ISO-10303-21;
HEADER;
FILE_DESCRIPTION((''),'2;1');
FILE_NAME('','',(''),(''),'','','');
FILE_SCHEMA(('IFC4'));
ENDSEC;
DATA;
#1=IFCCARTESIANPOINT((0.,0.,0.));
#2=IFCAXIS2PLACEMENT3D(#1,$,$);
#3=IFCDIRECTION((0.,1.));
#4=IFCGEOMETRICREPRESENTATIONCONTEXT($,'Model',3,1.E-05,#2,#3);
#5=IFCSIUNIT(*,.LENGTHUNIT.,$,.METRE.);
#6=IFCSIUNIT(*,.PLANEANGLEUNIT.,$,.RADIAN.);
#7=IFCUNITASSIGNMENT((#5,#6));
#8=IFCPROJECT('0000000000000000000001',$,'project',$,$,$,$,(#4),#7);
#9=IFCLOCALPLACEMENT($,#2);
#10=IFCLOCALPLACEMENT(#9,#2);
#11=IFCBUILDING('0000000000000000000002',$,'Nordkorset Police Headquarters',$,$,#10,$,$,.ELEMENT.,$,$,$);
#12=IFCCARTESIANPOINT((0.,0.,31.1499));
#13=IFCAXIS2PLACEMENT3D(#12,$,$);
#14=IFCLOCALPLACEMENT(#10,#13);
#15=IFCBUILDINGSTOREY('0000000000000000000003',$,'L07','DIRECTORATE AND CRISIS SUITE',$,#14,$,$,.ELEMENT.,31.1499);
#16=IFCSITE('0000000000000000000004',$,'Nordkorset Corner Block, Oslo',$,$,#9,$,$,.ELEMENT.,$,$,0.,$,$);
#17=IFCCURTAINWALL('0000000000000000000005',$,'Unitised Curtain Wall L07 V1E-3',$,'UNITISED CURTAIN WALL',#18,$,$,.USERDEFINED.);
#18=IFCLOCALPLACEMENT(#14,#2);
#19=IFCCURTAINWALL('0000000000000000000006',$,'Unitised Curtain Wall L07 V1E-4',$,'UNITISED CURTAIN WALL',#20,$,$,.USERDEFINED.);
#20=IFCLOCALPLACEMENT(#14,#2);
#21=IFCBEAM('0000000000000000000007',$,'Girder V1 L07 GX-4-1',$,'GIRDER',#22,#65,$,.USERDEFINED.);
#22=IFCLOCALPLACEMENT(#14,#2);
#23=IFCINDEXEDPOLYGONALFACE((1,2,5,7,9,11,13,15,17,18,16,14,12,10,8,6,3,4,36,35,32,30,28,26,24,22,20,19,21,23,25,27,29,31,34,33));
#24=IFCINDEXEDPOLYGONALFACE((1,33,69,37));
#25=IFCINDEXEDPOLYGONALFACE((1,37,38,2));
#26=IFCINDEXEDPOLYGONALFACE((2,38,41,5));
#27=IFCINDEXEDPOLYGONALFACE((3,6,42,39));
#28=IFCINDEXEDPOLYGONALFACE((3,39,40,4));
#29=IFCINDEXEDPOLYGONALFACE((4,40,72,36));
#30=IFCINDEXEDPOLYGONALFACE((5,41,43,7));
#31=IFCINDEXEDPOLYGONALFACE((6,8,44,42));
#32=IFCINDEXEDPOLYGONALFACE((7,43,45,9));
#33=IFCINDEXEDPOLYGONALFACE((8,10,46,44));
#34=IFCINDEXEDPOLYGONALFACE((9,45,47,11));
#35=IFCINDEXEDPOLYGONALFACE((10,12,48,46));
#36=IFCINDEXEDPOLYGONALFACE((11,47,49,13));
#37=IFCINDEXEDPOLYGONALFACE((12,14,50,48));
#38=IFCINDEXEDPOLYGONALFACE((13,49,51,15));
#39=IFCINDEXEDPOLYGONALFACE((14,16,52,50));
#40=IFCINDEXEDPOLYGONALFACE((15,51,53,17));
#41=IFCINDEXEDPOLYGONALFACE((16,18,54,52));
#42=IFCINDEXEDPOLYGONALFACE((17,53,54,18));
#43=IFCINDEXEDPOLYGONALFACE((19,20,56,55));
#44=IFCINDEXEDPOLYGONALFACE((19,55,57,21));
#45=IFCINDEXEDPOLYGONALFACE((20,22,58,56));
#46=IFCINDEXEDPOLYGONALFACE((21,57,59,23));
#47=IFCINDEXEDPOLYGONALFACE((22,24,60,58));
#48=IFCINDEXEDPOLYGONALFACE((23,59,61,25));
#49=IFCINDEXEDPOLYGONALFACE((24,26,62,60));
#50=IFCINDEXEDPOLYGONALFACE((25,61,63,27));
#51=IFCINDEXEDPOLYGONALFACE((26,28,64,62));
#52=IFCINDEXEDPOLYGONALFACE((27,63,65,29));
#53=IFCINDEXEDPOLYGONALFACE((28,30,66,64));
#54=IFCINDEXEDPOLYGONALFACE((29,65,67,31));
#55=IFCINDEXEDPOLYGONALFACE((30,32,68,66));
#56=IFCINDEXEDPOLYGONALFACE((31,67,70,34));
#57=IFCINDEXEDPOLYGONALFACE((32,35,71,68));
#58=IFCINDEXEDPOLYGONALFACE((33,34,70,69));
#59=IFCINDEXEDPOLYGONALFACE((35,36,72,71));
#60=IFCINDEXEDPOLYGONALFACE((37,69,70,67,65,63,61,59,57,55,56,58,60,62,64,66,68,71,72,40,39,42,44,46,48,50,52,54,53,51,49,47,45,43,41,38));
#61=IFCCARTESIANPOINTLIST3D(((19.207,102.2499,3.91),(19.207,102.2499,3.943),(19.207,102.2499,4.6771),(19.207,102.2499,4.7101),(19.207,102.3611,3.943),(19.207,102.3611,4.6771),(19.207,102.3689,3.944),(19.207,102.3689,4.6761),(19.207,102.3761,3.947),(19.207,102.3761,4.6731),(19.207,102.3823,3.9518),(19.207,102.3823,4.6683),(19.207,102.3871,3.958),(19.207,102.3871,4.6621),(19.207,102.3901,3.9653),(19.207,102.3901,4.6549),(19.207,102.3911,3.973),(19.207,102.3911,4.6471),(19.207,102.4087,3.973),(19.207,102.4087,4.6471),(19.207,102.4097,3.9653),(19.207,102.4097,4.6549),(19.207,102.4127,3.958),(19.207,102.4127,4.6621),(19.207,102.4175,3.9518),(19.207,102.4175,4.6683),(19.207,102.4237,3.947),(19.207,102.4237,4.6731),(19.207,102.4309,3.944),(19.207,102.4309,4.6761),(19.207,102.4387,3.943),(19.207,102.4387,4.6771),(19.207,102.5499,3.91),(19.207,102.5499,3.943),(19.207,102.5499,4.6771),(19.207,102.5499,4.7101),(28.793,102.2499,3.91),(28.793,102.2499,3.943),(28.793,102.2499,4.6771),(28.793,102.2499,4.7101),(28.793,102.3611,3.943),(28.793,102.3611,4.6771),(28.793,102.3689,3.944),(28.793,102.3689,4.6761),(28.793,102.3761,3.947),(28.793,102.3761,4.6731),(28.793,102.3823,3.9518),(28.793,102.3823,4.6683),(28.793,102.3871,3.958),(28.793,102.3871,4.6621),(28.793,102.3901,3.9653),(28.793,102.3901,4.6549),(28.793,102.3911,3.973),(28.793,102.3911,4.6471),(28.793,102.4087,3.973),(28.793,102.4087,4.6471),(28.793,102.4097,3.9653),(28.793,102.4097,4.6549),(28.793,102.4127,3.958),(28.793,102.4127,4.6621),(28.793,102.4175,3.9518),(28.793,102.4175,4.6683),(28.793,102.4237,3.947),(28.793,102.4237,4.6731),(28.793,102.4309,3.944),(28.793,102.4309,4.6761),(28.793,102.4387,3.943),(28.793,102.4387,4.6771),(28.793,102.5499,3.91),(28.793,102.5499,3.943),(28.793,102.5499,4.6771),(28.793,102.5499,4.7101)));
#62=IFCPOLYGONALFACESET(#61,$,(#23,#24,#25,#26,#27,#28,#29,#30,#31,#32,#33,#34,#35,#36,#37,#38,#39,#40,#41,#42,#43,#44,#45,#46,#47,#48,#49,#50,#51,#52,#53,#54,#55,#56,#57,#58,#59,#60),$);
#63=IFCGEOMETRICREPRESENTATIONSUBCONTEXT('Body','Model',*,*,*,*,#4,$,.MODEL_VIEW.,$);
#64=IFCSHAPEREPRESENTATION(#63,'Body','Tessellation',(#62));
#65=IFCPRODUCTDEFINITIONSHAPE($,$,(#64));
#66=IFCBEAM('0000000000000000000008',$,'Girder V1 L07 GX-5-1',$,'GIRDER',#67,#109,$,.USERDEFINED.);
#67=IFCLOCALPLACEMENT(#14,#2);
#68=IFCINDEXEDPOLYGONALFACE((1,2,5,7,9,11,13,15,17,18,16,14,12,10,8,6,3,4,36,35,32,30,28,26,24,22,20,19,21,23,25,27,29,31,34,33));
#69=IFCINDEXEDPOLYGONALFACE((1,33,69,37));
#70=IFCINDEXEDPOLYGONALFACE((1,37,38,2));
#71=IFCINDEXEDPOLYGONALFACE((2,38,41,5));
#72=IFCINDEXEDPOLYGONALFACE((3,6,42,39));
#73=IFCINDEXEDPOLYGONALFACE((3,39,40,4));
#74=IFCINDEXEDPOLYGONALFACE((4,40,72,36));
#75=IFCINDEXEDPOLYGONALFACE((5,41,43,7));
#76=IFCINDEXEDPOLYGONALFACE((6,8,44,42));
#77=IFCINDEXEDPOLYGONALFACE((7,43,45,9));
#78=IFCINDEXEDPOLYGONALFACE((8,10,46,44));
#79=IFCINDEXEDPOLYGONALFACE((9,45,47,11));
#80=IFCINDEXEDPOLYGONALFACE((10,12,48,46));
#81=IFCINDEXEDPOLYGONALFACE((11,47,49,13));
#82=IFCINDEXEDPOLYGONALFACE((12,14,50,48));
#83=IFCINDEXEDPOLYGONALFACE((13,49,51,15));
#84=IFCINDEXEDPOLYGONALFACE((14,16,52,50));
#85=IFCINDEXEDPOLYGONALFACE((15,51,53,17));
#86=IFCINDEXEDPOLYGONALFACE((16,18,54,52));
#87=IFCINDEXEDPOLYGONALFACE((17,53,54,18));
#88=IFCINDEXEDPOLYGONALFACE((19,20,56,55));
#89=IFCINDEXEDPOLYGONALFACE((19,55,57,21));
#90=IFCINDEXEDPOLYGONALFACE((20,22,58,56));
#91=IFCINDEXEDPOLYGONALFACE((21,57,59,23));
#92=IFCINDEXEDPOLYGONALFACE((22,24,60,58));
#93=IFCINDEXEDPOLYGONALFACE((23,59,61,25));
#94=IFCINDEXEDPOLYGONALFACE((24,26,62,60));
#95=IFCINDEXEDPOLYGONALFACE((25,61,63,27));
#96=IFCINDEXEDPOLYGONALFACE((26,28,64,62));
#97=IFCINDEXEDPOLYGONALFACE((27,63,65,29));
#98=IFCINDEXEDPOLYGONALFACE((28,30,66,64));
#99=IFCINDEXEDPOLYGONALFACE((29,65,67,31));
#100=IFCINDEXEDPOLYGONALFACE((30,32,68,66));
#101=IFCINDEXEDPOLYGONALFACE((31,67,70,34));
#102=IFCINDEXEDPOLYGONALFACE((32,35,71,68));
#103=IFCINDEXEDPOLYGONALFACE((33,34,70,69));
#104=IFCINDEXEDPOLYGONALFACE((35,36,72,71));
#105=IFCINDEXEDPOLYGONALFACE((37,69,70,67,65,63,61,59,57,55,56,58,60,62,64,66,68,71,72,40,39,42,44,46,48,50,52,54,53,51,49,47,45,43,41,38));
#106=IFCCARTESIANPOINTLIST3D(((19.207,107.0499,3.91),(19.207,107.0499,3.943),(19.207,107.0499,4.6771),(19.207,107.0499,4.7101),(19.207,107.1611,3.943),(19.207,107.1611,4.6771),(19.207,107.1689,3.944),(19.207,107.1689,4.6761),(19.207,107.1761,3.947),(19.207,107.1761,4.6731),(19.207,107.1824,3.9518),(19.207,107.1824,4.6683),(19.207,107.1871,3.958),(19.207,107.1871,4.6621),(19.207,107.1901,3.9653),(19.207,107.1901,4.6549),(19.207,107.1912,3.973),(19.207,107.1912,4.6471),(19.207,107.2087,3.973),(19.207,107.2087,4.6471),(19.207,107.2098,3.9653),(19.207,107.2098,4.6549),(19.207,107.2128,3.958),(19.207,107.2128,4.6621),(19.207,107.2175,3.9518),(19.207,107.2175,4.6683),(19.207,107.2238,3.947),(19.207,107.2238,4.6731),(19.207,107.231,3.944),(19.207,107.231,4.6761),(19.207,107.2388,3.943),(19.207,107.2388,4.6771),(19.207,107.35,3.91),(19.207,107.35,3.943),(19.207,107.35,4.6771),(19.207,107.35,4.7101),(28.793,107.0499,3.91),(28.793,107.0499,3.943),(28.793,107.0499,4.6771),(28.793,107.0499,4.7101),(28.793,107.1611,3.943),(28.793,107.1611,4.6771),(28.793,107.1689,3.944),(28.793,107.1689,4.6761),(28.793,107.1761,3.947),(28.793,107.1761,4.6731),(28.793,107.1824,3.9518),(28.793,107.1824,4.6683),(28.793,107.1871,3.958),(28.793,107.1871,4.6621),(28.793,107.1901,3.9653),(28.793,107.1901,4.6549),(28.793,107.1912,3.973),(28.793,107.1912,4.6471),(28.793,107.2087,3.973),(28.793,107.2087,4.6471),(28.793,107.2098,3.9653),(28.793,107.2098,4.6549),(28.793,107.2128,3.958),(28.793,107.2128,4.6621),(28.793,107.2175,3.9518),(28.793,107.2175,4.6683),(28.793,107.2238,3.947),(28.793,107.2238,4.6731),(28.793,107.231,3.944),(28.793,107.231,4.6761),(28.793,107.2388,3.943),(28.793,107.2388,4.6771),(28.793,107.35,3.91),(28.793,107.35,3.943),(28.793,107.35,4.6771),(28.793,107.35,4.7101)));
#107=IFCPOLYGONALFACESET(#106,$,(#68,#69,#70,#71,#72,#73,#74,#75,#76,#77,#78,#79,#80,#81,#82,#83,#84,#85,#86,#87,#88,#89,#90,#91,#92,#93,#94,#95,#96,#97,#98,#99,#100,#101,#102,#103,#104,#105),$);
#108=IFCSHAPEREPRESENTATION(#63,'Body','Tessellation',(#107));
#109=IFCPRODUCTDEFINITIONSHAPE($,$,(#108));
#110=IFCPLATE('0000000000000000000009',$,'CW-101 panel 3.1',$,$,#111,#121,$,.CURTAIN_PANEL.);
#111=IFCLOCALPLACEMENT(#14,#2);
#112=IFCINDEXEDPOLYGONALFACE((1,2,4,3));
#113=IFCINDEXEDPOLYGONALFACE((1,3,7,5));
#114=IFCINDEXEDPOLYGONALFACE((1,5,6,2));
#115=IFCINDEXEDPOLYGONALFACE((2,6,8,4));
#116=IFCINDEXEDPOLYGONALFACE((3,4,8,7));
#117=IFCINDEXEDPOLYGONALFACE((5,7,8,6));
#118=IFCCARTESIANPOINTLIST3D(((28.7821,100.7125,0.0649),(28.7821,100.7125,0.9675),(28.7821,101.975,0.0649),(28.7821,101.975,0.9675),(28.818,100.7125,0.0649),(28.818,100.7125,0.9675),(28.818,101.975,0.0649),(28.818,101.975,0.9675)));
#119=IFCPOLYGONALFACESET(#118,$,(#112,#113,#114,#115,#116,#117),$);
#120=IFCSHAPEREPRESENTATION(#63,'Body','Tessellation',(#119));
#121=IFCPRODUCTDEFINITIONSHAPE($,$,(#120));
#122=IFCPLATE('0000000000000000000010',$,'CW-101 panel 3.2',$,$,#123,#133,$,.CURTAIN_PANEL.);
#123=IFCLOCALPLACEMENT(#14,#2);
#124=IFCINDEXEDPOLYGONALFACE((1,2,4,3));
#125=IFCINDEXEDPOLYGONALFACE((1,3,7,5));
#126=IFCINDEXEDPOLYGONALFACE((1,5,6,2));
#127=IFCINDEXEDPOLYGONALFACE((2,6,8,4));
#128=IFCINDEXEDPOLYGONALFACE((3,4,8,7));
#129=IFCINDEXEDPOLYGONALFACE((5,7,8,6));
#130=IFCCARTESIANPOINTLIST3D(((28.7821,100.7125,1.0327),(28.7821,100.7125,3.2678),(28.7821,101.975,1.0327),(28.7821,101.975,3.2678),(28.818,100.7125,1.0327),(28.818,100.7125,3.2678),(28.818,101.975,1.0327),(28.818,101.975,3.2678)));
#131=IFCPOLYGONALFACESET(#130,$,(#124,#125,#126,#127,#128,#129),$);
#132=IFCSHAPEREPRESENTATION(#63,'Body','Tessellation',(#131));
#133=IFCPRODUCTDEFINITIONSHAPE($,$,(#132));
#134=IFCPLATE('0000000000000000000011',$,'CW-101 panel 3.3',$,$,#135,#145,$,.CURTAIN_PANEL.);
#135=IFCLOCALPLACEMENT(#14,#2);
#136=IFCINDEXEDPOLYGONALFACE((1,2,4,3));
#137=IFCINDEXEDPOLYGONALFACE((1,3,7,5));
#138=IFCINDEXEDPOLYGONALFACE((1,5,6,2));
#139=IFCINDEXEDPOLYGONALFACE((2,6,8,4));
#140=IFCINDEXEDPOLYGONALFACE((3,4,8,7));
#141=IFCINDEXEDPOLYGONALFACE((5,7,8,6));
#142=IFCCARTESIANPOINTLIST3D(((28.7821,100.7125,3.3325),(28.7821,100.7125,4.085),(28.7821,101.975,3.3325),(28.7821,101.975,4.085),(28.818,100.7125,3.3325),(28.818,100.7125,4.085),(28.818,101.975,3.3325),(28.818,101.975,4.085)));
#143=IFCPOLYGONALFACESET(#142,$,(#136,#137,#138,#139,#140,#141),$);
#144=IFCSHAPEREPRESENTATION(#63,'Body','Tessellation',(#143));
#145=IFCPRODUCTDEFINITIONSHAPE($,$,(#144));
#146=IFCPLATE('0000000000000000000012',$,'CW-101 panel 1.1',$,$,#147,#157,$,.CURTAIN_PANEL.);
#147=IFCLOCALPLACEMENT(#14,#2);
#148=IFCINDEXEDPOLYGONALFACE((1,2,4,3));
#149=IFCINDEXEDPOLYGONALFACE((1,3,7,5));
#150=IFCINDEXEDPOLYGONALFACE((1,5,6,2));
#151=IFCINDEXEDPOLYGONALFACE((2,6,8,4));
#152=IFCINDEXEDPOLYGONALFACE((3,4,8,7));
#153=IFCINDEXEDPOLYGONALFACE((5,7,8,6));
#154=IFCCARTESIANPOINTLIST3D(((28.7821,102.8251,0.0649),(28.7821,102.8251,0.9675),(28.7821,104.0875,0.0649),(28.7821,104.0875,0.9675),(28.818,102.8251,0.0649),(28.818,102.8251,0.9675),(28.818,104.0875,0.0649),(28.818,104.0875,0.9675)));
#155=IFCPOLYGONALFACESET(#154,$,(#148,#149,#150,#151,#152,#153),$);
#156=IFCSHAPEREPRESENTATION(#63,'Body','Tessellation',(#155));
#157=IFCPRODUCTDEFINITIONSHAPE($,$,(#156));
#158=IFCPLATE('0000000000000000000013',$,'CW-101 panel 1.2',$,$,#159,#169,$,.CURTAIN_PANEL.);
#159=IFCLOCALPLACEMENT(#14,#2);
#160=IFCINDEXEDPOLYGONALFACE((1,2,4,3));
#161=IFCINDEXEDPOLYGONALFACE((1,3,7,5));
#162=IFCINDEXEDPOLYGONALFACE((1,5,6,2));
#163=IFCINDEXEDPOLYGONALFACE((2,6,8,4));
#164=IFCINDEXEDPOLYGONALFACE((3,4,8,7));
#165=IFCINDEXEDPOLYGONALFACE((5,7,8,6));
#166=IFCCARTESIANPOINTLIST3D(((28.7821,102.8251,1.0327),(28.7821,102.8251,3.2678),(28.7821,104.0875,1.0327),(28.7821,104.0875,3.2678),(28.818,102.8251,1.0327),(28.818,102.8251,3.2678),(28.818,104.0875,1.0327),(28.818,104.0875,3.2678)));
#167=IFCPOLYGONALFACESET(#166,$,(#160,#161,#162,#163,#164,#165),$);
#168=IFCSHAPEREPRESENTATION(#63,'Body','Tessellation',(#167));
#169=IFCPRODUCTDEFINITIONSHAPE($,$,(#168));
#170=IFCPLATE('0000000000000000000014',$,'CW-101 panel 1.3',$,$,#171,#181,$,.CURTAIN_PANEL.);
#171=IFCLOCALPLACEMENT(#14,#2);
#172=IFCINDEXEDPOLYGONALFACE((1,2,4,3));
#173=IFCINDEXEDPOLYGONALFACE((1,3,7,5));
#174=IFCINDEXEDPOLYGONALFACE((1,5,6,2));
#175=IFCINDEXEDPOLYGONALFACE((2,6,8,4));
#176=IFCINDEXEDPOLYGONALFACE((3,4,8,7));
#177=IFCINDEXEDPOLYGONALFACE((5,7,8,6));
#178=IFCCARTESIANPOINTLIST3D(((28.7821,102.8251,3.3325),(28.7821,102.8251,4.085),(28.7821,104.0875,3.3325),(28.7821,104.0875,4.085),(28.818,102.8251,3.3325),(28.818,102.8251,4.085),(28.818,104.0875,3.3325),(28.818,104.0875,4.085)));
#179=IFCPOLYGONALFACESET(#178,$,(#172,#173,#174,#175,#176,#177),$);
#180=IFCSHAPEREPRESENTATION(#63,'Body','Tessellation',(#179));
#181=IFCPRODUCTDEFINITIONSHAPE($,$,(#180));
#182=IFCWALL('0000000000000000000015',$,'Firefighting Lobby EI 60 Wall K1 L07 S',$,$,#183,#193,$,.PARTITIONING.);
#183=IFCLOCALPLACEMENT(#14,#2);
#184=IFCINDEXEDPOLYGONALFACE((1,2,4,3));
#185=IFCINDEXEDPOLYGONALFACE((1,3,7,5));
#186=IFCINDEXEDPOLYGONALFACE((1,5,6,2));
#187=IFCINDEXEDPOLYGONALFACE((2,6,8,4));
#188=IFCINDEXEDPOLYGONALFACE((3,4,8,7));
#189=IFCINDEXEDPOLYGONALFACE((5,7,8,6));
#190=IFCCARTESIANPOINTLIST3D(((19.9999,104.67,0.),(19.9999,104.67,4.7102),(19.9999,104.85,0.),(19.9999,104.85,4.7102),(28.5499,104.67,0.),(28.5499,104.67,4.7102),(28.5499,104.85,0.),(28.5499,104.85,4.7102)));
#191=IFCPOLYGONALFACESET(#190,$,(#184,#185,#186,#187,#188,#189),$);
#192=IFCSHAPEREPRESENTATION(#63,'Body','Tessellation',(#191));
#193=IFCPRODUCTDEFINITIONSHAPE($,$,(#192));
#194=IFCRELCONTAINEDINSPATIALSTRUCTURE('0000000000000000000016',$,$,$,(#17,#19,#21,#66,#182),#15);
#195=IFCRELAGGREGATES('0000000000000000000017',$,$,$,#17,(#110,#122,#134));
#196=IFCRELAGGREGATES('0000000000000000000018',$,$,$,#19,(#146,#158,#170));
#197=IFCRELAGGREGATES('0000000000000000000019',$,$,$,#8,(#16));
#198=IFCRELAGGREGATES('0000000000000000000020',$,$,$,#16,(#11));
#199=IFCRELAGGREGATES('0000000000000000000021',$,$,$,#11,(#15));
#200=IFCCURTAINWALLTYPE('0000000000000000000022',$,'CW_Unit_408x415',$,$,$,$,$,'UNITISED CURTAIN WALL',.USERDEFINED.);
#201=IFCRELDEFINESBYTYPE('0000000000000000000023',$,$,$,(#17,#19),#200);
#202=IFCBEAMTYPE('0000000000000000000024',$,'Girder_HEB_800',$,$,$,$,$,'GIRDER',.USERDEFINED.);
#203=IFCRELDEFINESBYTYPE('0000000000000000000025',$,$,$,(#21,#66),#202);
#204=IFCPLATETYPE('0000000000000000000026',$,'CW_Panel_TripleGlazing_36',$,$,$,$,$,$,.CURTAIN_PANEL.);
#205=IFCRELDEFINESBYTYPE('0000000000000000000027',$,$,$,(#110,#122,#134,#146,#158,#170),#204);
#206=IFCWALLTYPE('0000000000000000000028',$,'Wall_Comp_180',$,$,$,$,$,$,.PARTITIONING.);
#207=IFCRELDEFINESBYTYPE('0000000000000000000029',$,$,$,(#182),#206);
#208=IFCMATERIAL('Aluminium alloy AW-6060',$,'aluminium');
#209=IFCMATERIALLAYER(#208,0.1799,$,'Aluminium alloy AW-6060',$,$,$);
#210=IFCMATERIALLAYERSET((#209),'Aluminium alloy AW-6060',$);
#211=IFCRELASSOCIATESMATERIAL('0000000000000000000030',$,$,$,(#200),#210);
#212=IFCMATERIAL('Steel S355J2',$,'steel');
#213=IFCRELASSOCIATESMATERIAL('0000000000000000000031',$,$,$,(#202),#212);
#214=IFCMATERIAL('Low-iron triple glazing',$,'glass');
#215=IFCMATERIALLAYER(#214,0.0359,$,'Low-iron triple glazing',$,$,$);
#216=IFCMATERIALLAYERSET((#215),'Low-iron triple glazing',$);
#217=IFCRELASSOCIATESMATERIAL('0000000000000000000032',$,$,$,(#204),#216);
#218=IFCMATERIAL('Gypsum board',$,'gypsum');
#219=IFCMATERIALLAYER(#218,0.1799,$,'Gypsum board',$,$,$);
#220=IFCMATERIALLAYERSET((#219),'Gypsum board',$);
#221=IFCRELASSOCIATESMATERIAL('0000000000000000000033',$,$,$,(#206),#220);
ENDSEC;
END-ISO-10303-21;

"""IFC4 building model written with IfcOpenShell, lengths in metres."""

from ifc_helpers import new_model, si_unit, direction, frame, frame_2d, origin, origin_2d, place, context, subcontext, project, spatial, rectangle, i_section, extrude, material, layer, layer_set, material_profile, profile_set, type_object, element, aggregate, save


model = new_model("IFC4")

# Units and contexts
model_context = context("Model", 3, precision=1e-05, world=origin(), true_north=direction((0.0, 1.0)))
body_context = subcontext(model_context, "Body", "Model", "MODEL_VIEW")
ifc_project = project(units=[si_unit("LENGTHUNIT", "METRE"), si_unit("PLANEANGLEUNIT", "RADIAN")], contexts=[model_context])

# Site, building, storey
site_placement = place(None, origin())
site = spatial("IfcSite", under=ifc_project, at=site_placement, Name="Nordkorset Corner Block, Oslo", CompositionType="ELEMENT", RefElevation=0.0)
building_placement = place(site_placement, origin())
building = spatial("IfcBuilding", under=site, at=building_placement, Name="Nordkorset Police Headquarters", CompositionType="ELEMENT")
storey_placement = place(building_placement, frame((0.0, 0.0, 31.1499)))
storey = spatial("IfcBuildingStorey", under=building, at=storey_placement, Name="L07", Description="DIRECTORATE AND CRISIS SUITE", CompositionType="ELEMENT", Elevation=31.1499)

# Curtain wall
ifc_material_1 = material(Name="Aluminium alloy AW-6060", Category="aluminium")
ifc_layer_1 = layer(ifc_material_1, 0.1799, Name="Aluminium alloy AW-6060")
ifc_layer_set_1 = layer_set([ifc_layer_1], Name="Aluminium alloy AW-6060")
curtain_wall_type = type_object("IfcCurtainWallType", Name="CW_Unit_408x415", ElementType="UNITISED CURTAIN WALL", PredefinedType="USERDEFINED", material=ifc_layer_set_1)
curtain_wall_1_placement = place(storey_placement, origin())
curtain_wall_1 = element("IfcCurtainWall", 1, at=curtain_wall_1_placement, inside=storey, type_object=curtain_wall_type, Name="Unitised Curtain Wall L07 V1E-3", ObjectType="UNITISED CURTAIN WALL", PredefinedType="USERDEFINED")

# Curtain wall
curtain_wall_2_placement = place(storey_placement, origin())
curtain_wall_2 = element("IfcCurtainWall", 2, at=curtain_wall_2_placement, inside=storey, type_object=curtain_wall_type, Name="Unitised Curtain Wall L07 V1E-4", ObjectType="UNITISED CURTAIN WALL", PredefinedType="USERDEFINED")

# Beams
ifc_material_2 = material(Name="Steel S355J2", Category="steel")
ifc_material_profile_1 = material_profile(ifc_material_2, i_section(OverallWidth=0.3, OverallDepth=0.8, WebThickness=0.0176, FlangeThickness=0.033, FilletRadius=0.03, at=origin_2d()), Name="HEB 800")
ifc_profile_set_1 = profile_set([ifc_material_profile_1], Name="Steel S355J2")
beam_type_1 = type_object("IfcBeamType", Name="Girder_HEB_800", ElementType="GIRDER", PredefinedType="USERDEFINED", material=ifc_profile_set_1)
for number, where, z_axis, x_axis, name in (
    (3, (19.207, 102.3999, 4.3101), (1.0, 0.0, 0.0), (0.0, 1.0, 0.0), "Girder V1 L07 GX-4-1"),
    (4, (19.207, 107.2, 4.3101), (1.0, 0.0, 0.0), (0.0, 1.0, 0.0), "Girder V1 L07 GX-5-1"),
):
    element("IfcBeam", number, at=place(storey_placement, frame(where, z_axis=z_axis, x_axis=x_axis)), inside=storey, type_object=beam_type_1, Name=name, ObjectType="GIRDER", PredefinedType="USERDEFINED", context=body_context, shape_type="SweptSolid", body=[
        extrude(i_section(OverallWidth=0.3, OverallDepth=0.8, WebThickness=0.0176, FlangeThickness=0.033, FilletRadius=0.03, at=origin_2d()), origin(), (0.0, 0.0, 1.0), 9.5859),
    ])

# Plates
ifc_material_3 = material(Name="Low-iron triple glazing", Category="glass")
ifc_layer_2 = layer(ifc_material_3, 0.0359, Name="Low-iron triple glazing")
ifc_layer_set_2 = layer_set([ifc_layer_2], Name="Low-iron triple glazing")
plate_type = type_object("IfcPlateType", Name="CW_Panel_TripleGlazing_36", PredefinedType="CURTAIN_PANEL", material=ifc_layer_set_2)
plate_1_placement = place(storey_placement, frame((28.8, 101.3438, 0.0649), z_axis=(0.0, 0.0, 1.0), x_axis=(0.0, 1.0, 0.0)))
plate_1 = element("IfcPlate", 5, at=plate_1_placement, type_object=plate_type, Name="CW-101 panel 3.1", PredefinedType="CURTAIN_PANEL", context=body_context, shape_type="SweptSolid", body=[
    extrude(rectangle(XDim=1.2625, YDim=0.0359, at=origin_2d()), origin(), (0.0, 0.0, 1.0), 0.9026),
])
plate_2_placement = place(storey_placement, frame((28.8, 101.3438, 1.0327), z_axis=(0.0, 0.0, 1.0), x_axis=(0.0, 1.0, 0.0)))
plate_2 = element("IfcPlate", 6, at=plate_2_placement, type_object=plate_type, Name="CW-101 panel 3.2", PredefinedType="CURTAIN_PANEL", context=body_context, shape_type="SweptSolid", body=[
    extrude(rectangle(XDim=1.2625, YDim=0.0359, at=origin_2d()), origin(), (0.0, 0.0, 1.0), 2.2351),
])
plate_3_placement = place(storey_placement, frame((28.8, 101.3438, 3.3325), z_axis=(0.0, 0.0, 1.0), x_axis=(0.0, 1.0, 0.0)))
plate_3 = element("IfcPlate", 7, at=plate_3_placement, type_object=plate_type, Name="CW-101 panel 3.3", PredefinedType="CURTAIN_PANEL", context=body_context, shape_type="SweptSolid", body=[
    extrude(rectangle(XDim=1.2625, YDim=0.0359, at=origin_2d()), origin(), (0.0, 0.0, 1.0), 0.7524),
])
aggregate(curtain_wall_1, [plate_1, plate_2, plate_3])
plate_4_placement = place(storey_placement, frame((28.8, 103.4563, 0.0649), z_axis=(0.0, 0.0, 1.0), x_axis=(0.0, 1.0, 0.0)))
plate_4 = element("IfcPlate", 8, at=plate_4_placement, type_object=plate_type, Name="CW-101 panel 1.1", PredefinedType="CURTAIN_PANEL", context=body_context, shape_type="SweptSolid", body=[
    extrude(rectangle(XDim=1.2625, YDim=0.0359, at=origin_2d()), origin(), (0.0, 0.0, 1.0), 0.9026),
])
plate_5_placement = place(storey_placement, frame((28.8, 103.4563, 1.0327), z_axis=(0.0, 0.0, 1.0), x_axis=(0.0, 1.0, 0.0)))
plate_5 = element("IfcPlate", 9, at=plate_5_placement, type_object=plate_type, Name="CW-101 panel 1.2", PredefinedType="CURTAIN_PANEL", context=body_context, shape_type="SweptSolid", body=[
    extrude(rectangle(XDim=1.2625, YDim=0.0359, at=origin_2d()), origin(), (0.0, 0.0, 1.0), 2.2351),
])
plate_6_placement = place(storey_placement, frame((28.8, 103.4563, 3.3325), z_axis=(0.0, 0.0, 1.0), x_axis=(0.0, 1.0, 0.0)))
plate_6 = element("IfcPlate", 10, at=plate_6_placement, type_object=plate_type, Name="CW-101 panel 1.3", PredefinedType="CURTAIN_PANEL", context=body_context, shape_type="SweptSolid", body=[
    extrude(rectangle(XDim=1.2625, YDim=0.0359, at=origin_2d()), origin(), (0.0, 0.0, 1.0), 0.7524),
])
aggregate(curtain_wall_2, [plate_4, plate_5, plate_6])

# Wall
ifc_material_4 = material(Name="Gypsum board", Category="gypsum")
ifc_layer_3 = layer(ifc_material_4, 0.1799, Name="Gypsum board")
ifc_layer_set_3 = layer_set([ifc_layer_3], Name="Gypsum board")
wall_type_1 = type_object("IfcWallType", Name="Wall_Comp_180", PredefinedType="PARTITIONING", material=ifc_layer_set_3)
wall_1_placement = place(storey_placement, frame((20.0, 104.76, 0.0), z_axis=(0.0, 0.0, 1.0), x_axis=(1.0, 0.0, 0.0)))
element("IfcWall", 11, at=wall_1_placement, inside=storey, type_object=wall_type_1, Name="Firefighting Lobby EI 60 Wall K1 L07 S", PredefinedType="PARTITIONING", context=body_context, shape_type="SweptSolid", body=[
    extrude(rectangle(XDim=8.55, YDim=0.1799, at=frame_2d((4.2749, 0.0))), origin(), (0.0, 0.0, 1.0), 4.7102),
])

save(model, "model.ifc")
